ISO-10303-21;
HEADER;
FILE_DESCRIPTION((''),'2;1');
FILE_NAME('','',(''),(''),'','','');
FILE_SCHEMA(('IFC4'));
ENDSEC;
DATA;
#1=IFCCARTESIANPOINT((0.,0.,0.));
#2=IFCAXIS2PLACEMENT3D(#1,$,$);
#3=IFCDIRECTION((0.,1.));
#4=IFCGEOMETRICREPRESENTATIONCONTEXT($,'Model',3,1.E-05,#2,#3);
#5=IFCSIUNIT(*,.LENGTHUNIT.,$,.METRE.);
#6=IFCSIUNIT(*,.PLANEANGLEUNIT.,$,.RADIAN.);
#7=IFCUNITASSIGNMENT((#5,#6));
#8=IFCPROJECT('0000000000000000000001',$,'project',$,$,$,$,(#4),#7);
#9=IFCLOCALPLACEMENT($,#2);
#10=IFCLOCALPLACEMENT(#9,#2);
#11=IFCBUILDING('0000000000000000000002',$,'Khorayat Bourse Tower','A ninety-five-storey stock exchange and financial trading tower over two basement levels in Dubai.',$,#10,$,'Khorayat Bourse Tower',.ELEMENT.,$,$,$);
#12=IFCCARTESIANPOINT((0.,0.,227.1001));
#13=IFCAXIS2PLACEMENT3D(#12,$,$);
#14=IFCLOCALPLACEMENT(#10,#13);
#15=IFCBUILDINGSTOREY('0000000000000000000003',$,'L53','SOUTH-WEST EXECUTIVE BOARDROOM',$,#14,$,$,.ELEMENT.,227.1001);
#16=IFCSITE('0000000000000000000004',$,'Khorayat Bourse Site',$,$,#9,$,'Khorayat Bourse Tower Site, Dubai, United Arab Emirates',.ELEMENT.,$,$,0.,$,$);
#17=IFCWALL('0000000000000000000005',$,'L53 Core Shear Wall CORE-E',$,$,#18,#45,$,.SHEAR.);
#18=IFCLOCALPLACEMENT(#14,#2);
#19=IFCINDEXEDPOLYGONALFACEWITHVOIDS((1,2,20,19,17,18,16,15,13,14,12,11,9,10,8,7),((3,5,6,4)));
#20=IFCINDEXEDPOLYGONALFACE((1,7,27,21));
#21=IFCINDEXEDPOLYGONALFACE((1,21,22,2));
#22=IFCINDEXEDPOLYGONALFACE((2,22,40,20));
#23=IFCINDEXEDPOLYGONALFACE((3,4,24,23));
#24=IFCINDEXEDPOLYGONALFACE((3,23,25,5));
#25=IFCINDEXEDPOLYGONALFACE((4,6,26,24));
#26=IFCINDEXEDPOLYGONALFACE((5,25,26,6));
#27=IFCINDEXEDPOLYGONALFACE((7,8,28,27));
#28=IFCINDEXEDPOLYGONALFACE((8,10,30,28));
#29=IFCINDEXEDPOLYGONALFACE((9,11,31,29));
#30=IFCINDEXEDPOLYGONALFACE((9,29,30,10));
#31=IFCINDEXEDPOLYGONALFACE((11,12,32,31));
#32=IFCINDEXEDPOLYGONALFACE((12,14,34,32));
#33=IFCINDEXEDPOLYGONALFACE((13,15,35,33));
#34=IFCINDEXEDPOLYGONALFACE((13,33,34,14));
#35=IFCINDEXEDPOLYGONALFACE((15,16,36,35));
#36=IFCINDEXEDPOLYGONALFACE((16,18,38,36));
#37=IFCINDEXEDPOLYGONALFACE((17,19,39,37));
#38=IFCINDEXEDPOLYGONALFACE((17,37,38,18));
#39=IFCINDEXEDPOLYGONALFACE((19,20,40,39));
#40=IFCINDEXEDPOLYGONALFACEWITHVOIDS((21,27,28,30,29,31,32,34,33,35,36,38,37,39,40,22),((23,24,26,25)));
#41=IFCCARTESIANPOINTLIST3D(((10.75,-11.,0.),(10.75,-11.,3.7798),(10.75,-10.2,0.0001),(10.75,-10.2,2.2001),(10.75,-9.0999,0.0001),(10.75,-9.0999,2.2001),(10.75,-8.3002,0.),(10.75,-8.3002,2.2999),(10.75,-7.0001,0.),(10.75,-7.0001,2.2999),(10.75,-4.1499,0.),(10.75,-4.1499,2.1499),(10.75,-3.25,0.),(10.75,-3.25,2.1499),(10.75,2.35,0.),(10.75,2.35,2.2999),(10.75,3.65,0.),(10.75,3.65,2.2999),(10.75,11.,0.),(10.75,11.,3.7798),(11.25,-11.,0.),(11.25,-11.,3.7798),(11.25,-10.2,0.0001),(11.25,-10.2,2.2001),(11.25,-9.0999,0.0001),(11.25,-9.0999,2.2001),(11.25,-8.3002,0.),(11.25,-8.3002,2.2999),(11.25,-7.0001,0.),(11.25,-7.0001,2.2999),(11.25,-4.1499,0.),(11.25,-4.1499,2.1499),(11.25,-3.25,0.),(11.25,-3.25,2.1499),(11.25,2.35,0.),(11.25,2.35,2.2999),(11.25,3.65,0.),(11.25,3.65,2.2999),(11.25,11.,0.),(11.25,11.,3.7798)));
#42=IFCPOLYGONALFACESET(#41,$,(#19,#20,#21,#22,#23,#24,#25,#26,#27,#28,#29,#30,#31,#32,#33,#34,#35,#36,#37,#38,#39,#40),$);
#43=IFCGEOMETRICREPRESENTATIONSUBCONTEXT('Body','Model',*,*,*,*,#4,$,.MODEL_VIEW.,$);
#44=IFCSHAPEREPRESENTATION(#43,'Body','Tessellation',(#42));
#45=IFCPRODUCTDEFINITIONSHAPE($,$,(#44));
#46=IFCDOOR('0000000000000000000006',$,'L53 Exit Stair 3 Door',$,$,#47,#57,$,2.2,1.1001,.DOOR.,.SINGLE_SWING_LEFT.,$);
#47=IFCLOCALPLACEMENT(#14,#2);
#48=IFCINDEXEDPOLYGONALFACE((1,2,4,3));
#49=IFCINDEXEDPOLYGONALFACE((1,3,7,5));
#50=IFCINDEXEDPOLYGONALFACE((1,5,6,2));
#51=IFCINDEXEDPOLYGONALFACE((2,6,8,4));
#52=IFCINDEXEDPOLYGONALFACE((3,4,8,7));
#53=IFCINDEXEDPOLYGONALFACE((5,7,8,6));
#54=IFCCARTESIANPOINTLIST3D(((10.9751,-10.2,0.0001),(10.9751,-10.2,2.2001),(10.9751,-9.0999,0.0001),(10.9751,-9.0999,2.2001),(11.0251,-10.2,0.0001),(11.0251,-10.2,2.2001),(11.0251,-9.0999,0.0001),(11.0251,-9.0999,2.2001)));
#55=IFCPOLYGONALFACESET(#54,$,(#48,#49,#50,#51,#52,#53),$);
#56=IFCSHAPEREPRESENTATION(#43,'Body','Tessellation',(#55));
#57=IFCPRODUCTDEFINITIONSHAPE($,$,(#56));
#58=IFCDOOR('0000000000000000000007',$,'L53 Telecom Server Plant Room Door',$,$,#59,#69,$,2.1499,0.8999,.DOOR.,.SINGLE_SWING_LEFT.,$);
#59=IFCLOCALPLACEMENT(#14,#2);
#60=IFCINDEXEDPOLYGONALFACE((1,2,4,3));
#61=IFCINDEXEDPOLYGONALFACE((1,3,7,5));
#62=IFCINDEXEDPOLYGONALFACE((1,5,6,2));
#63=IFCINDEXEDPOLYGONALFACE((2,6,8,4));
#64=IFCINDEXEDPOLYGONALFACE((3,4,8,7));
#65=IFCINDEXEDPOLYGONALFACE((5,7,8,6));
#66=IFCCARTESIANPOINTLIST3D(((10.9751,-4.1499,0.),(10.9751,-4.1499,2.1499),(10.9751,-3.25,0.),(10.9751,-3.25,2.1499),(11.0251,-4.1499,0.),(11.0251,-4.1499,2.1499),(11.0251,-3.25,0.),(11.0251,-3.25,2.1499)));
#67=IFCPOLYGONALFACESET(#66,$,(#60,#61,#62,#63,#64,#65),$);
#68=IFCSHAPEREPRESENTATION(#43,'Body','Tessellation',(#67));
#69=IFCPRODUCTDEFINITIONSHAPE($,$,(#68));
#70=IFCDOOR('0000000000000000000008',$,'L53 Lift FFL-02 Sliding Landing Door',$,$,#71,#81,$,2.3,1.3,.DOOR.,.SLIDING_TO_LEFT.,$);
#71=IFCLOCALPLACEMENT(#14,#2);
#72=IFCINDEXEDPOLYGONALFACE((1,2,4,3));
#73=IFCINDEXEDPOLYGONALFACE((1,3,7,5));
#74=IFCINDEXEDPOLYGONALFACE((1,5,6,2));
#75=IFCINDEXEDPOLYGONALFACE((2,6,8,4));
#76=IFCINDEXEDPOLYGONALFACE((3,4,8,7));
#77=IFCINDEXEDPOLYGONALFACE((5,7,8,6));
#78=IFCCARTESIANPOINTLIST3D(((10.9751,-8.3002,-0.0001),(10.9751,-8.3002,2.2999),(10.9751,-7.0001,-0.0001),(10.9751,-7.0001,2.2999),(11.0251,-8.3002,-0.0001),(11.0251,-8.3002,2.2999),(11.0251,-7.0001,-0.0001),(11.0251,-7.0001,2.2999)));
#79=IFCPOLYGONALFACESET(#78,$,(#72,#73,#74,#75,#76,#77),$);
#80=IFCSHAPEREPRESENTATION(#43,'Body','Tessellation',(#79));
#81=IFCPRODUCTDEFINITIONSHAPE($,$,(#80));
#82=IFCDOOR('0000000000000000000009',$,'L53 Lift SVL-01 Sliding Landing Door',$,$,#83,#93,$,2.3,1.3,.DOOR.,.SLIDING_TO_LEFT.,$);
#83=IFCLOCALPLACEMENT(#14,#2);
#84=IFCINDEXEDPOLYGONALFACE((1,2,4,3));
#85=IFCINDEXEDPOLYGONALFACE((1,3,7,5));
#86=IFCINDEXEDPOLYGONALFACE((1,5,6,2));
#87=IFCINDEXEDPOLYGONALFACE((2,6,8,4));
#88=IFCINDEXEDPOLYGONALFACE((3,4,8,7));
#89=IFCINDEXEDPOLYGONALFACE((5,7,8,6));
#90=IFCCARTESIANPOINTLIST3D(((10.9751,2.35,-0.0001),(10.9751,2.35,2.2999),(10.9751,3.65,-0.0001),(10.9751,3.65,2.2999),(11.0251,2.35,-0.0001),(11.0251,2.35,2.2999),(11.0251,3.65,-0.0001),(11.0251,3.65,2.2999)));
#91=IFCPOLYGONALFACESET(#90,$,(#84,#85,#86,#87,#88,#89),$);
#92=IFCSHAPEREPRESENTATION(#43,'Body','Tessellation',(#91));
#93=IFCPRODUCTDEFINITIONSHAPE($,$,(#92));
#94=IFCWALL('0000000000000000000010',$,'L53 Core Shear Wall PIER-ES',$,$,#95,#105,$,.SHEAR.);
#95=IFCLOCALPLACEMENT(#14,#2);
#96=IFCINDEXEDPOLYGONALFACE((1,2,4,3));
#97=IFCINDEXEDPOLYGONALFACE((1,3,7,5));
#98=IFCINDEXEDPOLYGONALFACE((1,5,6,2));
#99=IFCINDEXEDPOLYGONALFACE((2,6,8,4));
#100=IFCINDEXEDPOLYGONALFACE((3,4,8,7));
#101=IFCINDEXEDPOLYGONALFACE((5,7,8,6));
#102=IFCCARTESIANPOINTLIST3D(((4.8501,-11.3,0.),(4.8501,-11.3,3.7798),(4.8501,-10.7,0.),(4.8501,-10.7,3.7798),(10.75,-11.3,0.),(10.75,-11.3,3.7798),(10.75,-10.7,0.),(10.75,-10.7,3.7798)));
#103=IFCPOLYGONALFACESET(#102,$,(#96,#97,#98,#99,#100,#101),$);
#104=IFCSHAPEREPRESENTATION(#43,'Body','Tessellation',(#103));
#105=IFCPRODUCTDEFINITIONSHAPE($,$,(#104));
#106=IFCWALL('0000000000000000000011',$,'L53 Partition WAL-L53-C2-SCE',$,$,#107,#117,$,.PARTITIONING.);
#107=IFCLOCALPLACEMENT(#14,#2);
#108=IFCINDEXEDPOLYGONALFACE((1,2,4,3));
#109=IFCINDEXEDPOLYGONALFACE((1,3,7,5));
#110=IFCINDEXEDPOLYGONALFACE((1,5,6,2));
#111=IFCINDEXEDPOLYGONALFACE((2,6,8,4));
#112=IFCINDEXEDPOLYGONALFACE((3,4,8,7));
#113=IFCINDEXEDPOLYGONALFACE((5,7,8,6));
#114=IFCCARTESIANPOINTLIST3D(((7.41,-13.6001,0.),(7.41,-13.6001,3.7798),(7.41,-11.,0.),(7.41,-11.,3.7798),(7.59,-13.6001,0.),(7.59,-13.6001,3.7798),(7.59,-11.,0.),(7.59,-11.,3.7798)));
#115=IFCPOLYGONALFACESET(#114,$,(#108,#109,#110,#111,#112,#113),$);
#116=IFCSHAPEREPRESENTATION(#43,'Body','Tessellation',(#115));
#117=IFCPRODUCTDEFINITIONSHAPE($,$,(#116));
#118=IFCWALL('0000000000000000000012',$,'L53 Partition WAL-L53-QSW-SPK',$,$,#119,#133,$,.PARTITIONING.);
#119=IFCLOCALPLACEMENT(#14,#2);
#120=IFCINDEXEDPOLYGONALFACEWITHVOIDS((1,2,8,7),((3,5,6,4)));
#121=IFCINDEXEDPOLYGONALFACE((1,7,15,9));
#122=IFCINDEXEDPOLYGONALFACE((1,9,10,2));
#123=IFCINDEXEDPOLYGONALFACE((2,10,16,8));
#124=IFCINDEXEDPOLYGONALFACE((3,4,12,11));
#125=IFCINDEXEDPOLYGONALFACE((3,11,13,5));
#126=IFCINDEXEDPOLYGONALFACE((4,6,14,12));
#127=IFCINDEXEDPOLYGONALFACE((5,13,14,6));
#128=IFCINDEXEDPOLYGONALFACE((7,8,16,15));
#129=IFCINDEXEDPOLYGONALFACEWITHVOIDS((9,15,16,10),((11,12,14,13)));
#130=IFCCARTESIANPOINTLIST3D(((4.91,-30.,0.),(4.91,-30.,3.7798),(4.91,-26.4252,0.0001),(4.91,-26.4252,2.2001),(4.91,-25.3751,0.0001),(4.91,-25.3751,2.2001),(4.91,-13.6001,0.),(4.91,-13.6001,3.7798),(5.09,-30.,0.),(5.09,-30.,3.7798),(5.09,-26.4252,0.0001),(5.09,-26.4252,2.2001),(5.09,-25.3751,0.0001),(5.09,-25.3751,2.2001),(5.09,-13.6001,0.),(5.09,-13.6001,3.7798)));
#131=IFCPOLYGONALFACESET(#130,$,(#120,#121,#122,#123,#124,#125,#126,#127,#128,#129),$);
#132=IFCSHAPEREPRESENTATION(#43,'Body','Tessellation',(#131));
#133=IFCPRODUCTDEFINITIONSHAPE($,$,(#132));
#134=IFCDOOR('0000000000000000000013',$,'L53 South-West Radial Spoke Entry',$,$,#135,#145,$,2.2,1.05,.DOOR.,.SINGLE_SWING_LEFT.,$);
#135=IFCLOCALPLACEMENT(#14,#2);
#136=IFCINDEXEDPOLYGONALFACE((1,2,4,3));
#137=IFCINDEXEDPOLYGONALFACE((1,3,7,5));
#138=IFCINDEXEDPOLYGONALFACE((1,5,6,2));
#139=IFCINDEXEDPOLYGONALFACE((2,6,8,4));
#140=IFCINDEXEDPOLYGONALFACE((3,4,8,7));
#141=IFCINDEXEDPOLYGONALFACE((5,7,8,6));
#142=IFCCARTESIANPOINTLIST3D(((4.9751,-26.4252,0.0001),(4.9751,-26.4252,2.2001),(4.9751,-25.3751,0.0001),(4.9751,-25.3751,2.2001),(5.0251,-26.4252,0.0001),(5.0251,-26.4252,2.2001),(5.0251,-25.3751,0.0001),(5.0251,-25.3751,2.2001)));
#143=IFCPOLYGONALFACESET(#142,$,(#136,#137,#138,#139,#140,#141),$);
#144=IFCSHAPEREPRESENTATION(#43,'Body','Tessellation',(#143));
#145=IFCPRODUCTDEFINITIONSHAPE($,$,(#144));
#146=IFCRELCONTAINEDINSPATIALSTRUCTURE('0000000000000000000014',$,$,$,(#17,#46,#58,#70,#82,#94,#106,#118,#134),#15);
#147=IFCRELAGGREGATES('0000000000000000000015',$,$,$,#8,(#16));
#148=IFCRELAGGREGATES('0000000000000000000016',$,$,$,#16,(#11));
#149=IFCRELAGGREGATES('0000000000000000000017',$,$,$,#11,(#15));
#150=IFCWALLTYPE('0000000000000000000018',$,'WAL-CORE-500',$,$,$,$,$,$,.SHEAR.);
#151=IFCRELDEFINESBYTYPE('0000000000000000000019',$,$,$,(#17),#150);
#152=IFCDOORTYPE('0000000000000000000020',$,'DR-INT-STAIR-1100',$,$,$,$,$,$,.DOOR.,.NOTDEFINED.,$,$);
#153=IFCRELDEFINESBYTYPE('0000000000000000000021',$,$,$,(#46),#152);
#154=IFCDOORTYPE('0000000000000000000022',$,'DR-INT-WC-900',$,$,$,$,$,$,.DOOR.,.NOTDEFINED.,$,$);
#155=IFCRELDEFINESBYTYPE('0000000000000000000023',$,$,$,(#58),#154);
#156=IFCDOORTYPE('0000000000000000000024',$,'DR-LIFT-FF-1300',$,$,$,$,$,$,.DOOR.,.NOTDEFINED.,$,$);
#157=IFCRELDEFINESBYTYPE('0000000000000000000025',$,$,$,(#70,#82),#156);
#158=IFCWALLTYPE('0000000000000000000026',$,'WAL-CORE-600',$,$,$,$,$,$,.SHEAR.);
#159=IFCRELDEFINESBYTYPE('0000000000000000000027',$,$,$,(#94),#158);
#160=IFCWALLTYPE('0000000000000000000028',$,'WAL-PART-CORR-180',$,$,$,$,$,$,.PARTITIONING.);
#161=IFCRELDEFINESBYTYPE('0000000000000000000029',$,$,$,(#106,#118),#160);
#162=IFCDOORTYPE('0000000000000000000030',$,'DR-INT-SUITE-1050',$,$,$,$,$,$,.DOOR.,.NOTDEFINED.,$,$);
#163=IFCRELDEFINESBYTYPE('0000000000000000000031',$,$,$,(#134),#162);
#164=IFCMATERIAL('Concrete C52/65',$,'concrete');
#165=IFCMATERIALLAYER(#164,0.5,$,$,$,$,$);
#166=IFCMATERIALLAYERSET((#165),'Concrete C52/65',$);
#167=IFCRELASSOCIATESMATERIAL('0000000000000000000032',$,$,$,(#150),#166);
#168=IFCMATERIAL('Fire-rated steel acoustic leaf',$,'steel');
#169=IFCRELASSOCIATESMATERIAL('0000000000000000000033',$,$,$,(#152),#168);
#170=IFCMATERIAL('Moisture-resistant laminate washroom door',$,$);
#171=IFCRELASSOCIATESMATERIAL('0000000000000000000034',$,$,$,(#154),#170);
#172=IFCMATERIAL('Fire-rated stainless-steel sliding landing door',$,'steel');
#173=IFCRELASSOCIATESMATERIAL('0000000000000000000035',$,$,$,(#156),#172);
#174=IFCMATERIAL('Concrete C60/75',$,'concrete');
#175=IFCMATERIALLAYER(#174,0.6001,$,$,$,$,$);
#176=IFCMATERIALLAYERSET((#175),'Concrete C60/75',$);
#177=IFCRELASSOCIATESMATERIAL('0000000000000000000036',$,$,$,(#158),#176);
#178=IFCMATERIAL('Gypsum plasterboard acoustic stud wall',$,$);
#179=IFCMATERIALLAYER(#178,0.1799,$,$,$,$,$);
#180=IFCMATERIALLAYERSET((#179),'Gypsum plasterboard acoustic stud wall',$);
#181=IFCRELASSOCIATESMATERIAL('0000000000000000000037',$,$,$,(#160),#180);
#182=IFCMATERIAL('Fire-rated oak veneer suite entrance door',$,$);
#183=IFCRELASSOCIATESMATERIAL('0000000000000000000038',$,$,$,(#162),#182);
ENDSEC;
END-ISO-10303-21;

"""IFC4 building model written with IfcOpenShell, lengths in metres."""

from ifc_helpers import new_model, si_unit, direction, frame, frame_2d, origin, place, context, subcontext, project, spatial, rectangle, extrude, source, transform, mapped, material, layer, layer_set, type_object, element, fill, save


model = new_model("IFC4")

# Units and contexts
model_context = context("Model", 3, precision=1e-05, world=origin(), true_north=direction((0.0, 1.0)))
body_context = subcontext(model_context, "Body", "Model", "MODEL_VIEW")
ifc_project = project(units=[si_unit("LENGTHUNIT", "METRE"), si_unit("PLANEANGLEUNIT", "RADIAN")], contexts=[model_context])

# Site, building, storey
site_placement = place(None, origin())
site = spatial("IfcSite", under=ifc_project, at=site_placement, Name="Khorayat Bourse Site", LongName="Khorayat Bourse Tower Site, Dubai, United Arab Emirates", CompositionType="ELEMENT", RefElevation=0.0)
building_placement = place(site_placement, origin())
building = spatial("IfcBuilding", under=site, at=building_placement, Name="Khorayat Bourse Tower", Description="A ninety-five-storey stock exchange and financial trading tower over two basement levels in Dubai.", LongName="Khorayat Bourse Tower", CompositionType="ELEMENT")
storey_placement = place(building_placement, frame((0.0, 0.0, 227.1001)))
storey = spatial("IfcBuildingStorey", under=building, at=storey_placement, Name="L53", Description="SOUTH-WEST EXECUTIVE BOARDROOM", CompositionType="ELEMENT", Elevation=227.1001)

# Shared definitions
ifc_material_1 = material(Name="Concrete C60/75", Category="concrete")

# Wall, openings, doors
ifc_material_2 = material(Name="Concrete C52/65", Category="concrete")
ifc_layer_1 = layer(ifc_material_2, 0.5)
ifc_layer_set_1 = layer_set([ifc_layer_1], Name="Concrete C52/65")
wall_type_1 = type_object("IfcWallType", Name="WAL-CORE-500", PredefinedType="SHEAR", material=ifc_layer_set_1)
shared_shape_1 = source(origin(), body_context, "Body", "SweptSolid", [
    extrude(rectangle(XDim=22.0, YDim=0.5, at=frame_2d((11.0, 0.0))), origin(), (0.0, 0.0, 1.0), 3.7798),
])
wall_1_placement = place(storey_placement, frame((11.0, -11.0, 0.0), z_axis=(0.0, 0.0, 1.0), x_axis=(0.0, 1.0, 0.0)))
wall_1 = element("IfcWall", 1, at=wall_1_placement, inside=storey, type_object=wall_type_1, Name="L53 Core Shear Wall CORE-E", PredefinedType="SHEAR", context=body_context, shape_type="MappedRepresentation", body=[
    mapped(shared_shape_1, transform((0.0, 0.0, 0.0), scale=1.0)),
])
shared_shape_2 = source(origin(), body_context, "Body", "SweptSolid", [
    extrude(rectangle(XDim=1.1001, YDim=2.2, at=frame_2d((0.55, 1.1001))), frame((0.0, 0.26, 0.0), z_axis=(0.0, -1.0, 0.0), x_axis=(1.0, 0.0, 0.0)), (0.0, 0.0, 1.0), 0.52),
])
opening_1_placement = place(wall_1_placement, frame((0.8, 0.0, 0.0)))
opening_1 = element("IfcOpeningElement", 2, at=opening_1_placement, cuts=wall_1, PredefinedType="OPENING", context=body_context, shape_type="MappedRepresentation", body=[
    mapped(shared_shape_2, transform((0.0, 0.0, 0.0), scale=1.0)),
])
shared_shape_3 = source(origin(), body_context, "Body", "SweptSolid", [
    extrude(rectangle(XDim=0.8999, YDim=2.1499, at=frame_2d((0.45, 1.075))), frame((0.0, 0.26, 0.0), z_axis=(0.0, -1.0, 0.0), x_axis=(1.0, 0.0, 0.0)), (0.0, 0.0, 1.0), 0.52),
])
opening_2_placement = place(wall_1_placement, frame((6.8501, 0.0, 0.0)))
opening_2 = element("IfcOpeningElement", 3, at=opening_2_placement, cuts=wall_1, PredefinedType="OPENING", context=body_context, shape_type="MappedRepresentation", body=[
    mapped(shared_shape_3, transform((0.0, 0.0, 0.0), scale=1.0)),
])
shared_shape_4 = source(origin(), body_context, "Body", "SweptSolid", [
    extrude(rectangle(XDim=1.3, YDim=2.3, at=frame_2d((0.6499, 1.1499))), frame((0.0, 0.26, 0.0), z_axis=(0.0, -1.0, 0.0), x_axis=(1.0, 0.0, 0.0)), (0.0, 0.0, 1.0), 0.52),
])
opening_3_placement = place(wall_1_placement, frame((2.7, 0.0, 0.0)))
opening_3 = element("IfcOpeningElement", 4, at=opening_3_placement, cuts=wall_1, PredefinedType="OPENING", context=body_context, shape_type="MappedRepresentation", body=[
    mapped(shared_shape_4, transform((0.0, 0.0, 0.0), scale=1.0)),
])
opening_4_placement = place(wall_1_placement, frame((13.3501, 0.0, 0.0)))
opening_4 = element("IfcOpeningElement", 5, at=opening_4_placement, cuts=wall_1, PredefinedType="OPENING", context=body_context, shape_type="MappedRepresentation", body=[
    mapped(shared_shape_4, transform((0.0, 0.0, 0.0), scale=1.0)),
])
ifc_material_3 = material(Name="Fire-rated steel acoustic leaf", Category="steel")
door_type_1 = type_object("IfcDoorType", Name="DR-INT-STAIR-1100", OperationType="NOTDEFINED", PredefinedType="DOOR", material=ifc_material_3)
shared_shape_5 = source(origin(), body_context, "Body", "SweptSolid", [
    extrude(rectangle(XDim=1.1001, YDim=2.2, at=frame_2d((0.55, 1.1001))), frame((0.0, 0.0249, 0.0), z_axis=(0.0, -1.0, 0.0), x_axis=(1.0, 0.0, 0.0)), (0.0, 0.0, 1.0), 0.05),
])
door_1_placement = place(opening_1_placement, origin())
door_1 = element("IfcDoor", 6, at=door_1_placement, inside=storey, type_object=door_type_1, Name="L53 Exit Stair 3 Door", OperationType="SINGLE_SWING_LEFT", OverallHeight=2.2, OverallWidth=1.1001, PredefinedType="DOOR", context=body_context, shape_type="MappedRepresentation", body=[
    mapped(shared_shape_5, transform((0.0, 0.0, 0.0), scale=1.0)),
])
fill(opening_1, door_1)
ifc_material_4 = material(Name="Moisture-resistant laminate washroom door")
door_type_2 = type_object("IfcDoorType", Name="DR-INT-WC-900", OperationType="NOTDEFINED", PredefinedType="DOOR", material=ifc_material_4)
shared_shape_6 = source(origin(), body_context, "Body", "SweptSolid", [
    extrude(rectangle(XDim=0.8999, YDim=2.1499, at=frame_2d((0.45, 1.075))), frame((0.0, 0.0249, 0.0), z_axis=(0.0, -1.0, 0.0), x_axis=(1.0, 0.0, 0.0)), (0.0, 0.0, 1.0), 0.05),
])
door_2_placement = place(opening_2_placement, origin())
door_2 = element("IfcDoor", 7, at=door_2_placement, inside=storey, type_object=door_type_2, Name="L53 Telecom Server Plant Room Door", OperationType="SINGLE_SWING_LEFT", OverallHeight=2.1499, OverallWidth=0.8999, PredefinedType="DOOR", context=body_context, shape_type="MappedRepresentation", body=[
    mapped(shared_shape_6, transform((0.0, 0.0, 0.0), scale=1.0)),
])
fill(opening_2, door_2)
ifc_material_5 = material(Name="Fire-rated stainless-steel sliding landing door", Category="steel")
door_type_3 = type_object("IfcDoorType", Name="DR-LIFT-FF-1300", OperationType="NOTDEFINED", PredefinedType="DOOR", material=ifc_material_5)
shared_shape_7 = source(origin(), body_context, "Body", "SweptSolid", [
    extrude(rectangle(XDim=1.3, YDim=2.3, at=frame_2d((0.6499, 1.1499))), frame((0.0, 0.0249, 0.0), z_axis=(0.0, -1.0, 0.0), x_axis=(1.0, 0.0, 0.0)), (0.0, 0.0, 1.0), 0.05),
])
door_3_placement = place(opening_3_placement, origin())
door_3 = element("IfcDoor", 8, at=door_3_placement, inside=storey, type_object=door_type_3, Name="L53 Lift FFL-02 Sliding Landing Door", OperationType="SLIDING_TO_LEFT", OverallHeight=2.3, OverallWidth=1.3, PredefinedType="DOOR", context=body_context, shape_type="MappedRepresentation", body=[
    mapped(shared_shape_7, transform((0.0, 0.0, 0.0), scale=1.0)),
])
fill(opening_3, door_3)
door_4_placement = place(opening_4_placement, origin())
door_4 = element("IfcDoor", 9, at=door_4_placement, inside=storey, type_object=door_type_3, Name="L53 Lift SVL-01 Sliding Landing Door", OperationType="SLIDING_TO_LEFT", OverallHeight=2.3, OverallWidth=1.3, PredefinedType="DOOR", context=body_context, shape_type="MappedRepresentation", body=[
    mapped(shared_shape_7, transform((0.0, 0.0, 0.0), scale=1.0)),
])
fill(opening_4, door_4)

# Walls
ifc_layer_2 = layer(ifc_material_1, 0.6001)
ifc_layer_set_2 = layer_set([ifc_layer_2], Name="Concrete C60/75")
wall_type_2 = type_object("IfcWallType", Name="WAL-CORE-600", PredefinedType="SHEAR", material=ifc_layer_set_2)
shared_shape_8 = source(origin(), body_context, "Body", "SweptSolid", [
    extrude(rectangle(XDim=5.8999, YDim=0.6001, at=frame_2d((2.95, 0.0))), origin(), (0.0, 0.0, 1.0), 3.7798),
])
wall_2_placement = place(storey_placement, frame((4.8501, -11.0, 0.0), z_axis=(0.0, 0.0, 1.0), x_axis=(1.0, 0.0, 0.0)))
element("IfcWall", 10, at=wall_2_placement, inside=storey, type_object=wall_type_2, Name="L53 Core Shear Wall PIER-ES", PredefinedType="SHEAR", context=body_context, shape_type="MappedRepresentation", body=[
    mapped(shared_shape_8, transform((0.0, 0.0, 0.0), scale=1.0)),
])
ifc_material_6 = material(Name="Gypsum plasterboard acoustic stud wall")
ifc_layer_3 = layer(ifc_material_6, 0.1799)
ifc_layer_set_3 = layer_set([ifc_layer_3], Name="Gypsum plasterboard acoustic stud wall")
wall_type_3 = type_object("IfcWallType", Name="WAL-PART-CORR-180", PredefinedType="PARTITIONING", material=ifc_layer_set_3)
shared_shape_9 = source(origin(), body_context, "Body", "SweptSolid", [
    extrude(rectangle(XDim=2.6001, YDim=0.1799, at=frame_2d((1.3, 0.0))), origin(), (0.0, 0.0, 1.0), 3.7798),
])
wall_3_placement = place(storey_placement, frame((7.5, -13.6001, 0.0), z_axis=(0.0, 0.0, 1.0), x_axis=(0.0, 1.0, 0.0)))
element("IfcWall", 11, at=wall_3_placement, inside=storey, type_object=wall_type_3, Name="L53 Partition WAL-L53-C2-SCE", PredefinedType="PARTITIONING", context=body_context, shape_type="MappedRepresentation", body=[
    mapped(shared_shape_9, transform((0.0, 0.0, 0.0), scale=1.0)),
])

# Wall, opening, door
shared_shape_10 = source(origin(), body_context, "Body", "SweptSolid", [
    extrude(rectangle(XDim=16.3999, YDim=0.1799, at=frame_2d((8.2, 0.0))), origin(), (0.0, 0.0, 1.0), 3.7798),
])
wall_4_placement = place(storey_placement, frame((5.0, -30.0, 0.0), z_axis=(0.0, 0.0, 1.0), x_axis=(0.0, 1.0, 0.0)))
wall_4 = element("IfcWall", 12, at=wall_4_placement, inside=storey, type_object=wall_type_3, Name="L53 Partition WAL-L53-QSW-SPK", PredefinedType="PARTITIONING", context=body_context, shape_type="MappedRepresentation", body=[
    mapped(shared_shape_10, transform((0.0, 0.0, 0.0), scale=1.0)),
])
shared_shape_11 = source(origin(), body_context, "Body", "SweptSolid", [
    extrude(rectangle(XDim=1.05, YDim=2.2, at=frame_2d((0.5249, 1.1001))), frame((0.0, 0.0999, 0.0), z_axis=(0.0, -1.0, 0.0), x_axis=(1.0, 0.0, 0.0)), (0.0, 0.0, 1.0), 0.2),
])
opening_5_placement = place(wall_4_placement, frame((3.575, 0.0, 0.0)))
opening_5 = element("IfcOpeningElement", 13, at=opening_5_placement, cuts=wall_4, PredefinedType="OPENING", context=body_context, shape_type="MappedRepresentation", body=[
    mapped(shared_shape_11, transform((0.0, 0.0, 0.0), scale=1.0)),
])
ifc_material_7 = material(Name="Fire-rated oak veneer suite entrance door")
door_type_4 = type_object("IfcDoorType", Name="DR-INT-SUITE-1050", OperationType="NOTDEFINED", PredefinedType="DOOR", material=ifc_material_7)
shared_shape_12 = source(origin(), body_context, "Body", "SweptSolid", [
    extrude(rectangle(XDim=1.05, YDim=2.2, at=frame_2d((0.5249, 1.1001))), frame((0.0, 0.0249, 0.0), z_axis=(0.0, -1.0, 0.0), x_axis=(1.0, 0.0, 0.0)), (0.0, 0.0, 1.0), 0.05),
])
door_5_placement = place(opening_5_placement, origin())
door_5 = element("IfcDoor", 14, at=door_5_placement, inside=storey, type_object=door_type_4, Name="L53 South-West Radial Spoke Entry", OperationType="SINGLE_SWING_LEFT", OverallHeight=2.2, OverallWidth=1.05, PredefinedType="DOOR", context=body_context, shape_type="MappedRepresentation", body=[
    mapped(shared_shape_12, transform((0.0, 0.0, 0.0), scale=1.0)),
])
fill(opening_5, door_5)

save(model, "model.ifc")
